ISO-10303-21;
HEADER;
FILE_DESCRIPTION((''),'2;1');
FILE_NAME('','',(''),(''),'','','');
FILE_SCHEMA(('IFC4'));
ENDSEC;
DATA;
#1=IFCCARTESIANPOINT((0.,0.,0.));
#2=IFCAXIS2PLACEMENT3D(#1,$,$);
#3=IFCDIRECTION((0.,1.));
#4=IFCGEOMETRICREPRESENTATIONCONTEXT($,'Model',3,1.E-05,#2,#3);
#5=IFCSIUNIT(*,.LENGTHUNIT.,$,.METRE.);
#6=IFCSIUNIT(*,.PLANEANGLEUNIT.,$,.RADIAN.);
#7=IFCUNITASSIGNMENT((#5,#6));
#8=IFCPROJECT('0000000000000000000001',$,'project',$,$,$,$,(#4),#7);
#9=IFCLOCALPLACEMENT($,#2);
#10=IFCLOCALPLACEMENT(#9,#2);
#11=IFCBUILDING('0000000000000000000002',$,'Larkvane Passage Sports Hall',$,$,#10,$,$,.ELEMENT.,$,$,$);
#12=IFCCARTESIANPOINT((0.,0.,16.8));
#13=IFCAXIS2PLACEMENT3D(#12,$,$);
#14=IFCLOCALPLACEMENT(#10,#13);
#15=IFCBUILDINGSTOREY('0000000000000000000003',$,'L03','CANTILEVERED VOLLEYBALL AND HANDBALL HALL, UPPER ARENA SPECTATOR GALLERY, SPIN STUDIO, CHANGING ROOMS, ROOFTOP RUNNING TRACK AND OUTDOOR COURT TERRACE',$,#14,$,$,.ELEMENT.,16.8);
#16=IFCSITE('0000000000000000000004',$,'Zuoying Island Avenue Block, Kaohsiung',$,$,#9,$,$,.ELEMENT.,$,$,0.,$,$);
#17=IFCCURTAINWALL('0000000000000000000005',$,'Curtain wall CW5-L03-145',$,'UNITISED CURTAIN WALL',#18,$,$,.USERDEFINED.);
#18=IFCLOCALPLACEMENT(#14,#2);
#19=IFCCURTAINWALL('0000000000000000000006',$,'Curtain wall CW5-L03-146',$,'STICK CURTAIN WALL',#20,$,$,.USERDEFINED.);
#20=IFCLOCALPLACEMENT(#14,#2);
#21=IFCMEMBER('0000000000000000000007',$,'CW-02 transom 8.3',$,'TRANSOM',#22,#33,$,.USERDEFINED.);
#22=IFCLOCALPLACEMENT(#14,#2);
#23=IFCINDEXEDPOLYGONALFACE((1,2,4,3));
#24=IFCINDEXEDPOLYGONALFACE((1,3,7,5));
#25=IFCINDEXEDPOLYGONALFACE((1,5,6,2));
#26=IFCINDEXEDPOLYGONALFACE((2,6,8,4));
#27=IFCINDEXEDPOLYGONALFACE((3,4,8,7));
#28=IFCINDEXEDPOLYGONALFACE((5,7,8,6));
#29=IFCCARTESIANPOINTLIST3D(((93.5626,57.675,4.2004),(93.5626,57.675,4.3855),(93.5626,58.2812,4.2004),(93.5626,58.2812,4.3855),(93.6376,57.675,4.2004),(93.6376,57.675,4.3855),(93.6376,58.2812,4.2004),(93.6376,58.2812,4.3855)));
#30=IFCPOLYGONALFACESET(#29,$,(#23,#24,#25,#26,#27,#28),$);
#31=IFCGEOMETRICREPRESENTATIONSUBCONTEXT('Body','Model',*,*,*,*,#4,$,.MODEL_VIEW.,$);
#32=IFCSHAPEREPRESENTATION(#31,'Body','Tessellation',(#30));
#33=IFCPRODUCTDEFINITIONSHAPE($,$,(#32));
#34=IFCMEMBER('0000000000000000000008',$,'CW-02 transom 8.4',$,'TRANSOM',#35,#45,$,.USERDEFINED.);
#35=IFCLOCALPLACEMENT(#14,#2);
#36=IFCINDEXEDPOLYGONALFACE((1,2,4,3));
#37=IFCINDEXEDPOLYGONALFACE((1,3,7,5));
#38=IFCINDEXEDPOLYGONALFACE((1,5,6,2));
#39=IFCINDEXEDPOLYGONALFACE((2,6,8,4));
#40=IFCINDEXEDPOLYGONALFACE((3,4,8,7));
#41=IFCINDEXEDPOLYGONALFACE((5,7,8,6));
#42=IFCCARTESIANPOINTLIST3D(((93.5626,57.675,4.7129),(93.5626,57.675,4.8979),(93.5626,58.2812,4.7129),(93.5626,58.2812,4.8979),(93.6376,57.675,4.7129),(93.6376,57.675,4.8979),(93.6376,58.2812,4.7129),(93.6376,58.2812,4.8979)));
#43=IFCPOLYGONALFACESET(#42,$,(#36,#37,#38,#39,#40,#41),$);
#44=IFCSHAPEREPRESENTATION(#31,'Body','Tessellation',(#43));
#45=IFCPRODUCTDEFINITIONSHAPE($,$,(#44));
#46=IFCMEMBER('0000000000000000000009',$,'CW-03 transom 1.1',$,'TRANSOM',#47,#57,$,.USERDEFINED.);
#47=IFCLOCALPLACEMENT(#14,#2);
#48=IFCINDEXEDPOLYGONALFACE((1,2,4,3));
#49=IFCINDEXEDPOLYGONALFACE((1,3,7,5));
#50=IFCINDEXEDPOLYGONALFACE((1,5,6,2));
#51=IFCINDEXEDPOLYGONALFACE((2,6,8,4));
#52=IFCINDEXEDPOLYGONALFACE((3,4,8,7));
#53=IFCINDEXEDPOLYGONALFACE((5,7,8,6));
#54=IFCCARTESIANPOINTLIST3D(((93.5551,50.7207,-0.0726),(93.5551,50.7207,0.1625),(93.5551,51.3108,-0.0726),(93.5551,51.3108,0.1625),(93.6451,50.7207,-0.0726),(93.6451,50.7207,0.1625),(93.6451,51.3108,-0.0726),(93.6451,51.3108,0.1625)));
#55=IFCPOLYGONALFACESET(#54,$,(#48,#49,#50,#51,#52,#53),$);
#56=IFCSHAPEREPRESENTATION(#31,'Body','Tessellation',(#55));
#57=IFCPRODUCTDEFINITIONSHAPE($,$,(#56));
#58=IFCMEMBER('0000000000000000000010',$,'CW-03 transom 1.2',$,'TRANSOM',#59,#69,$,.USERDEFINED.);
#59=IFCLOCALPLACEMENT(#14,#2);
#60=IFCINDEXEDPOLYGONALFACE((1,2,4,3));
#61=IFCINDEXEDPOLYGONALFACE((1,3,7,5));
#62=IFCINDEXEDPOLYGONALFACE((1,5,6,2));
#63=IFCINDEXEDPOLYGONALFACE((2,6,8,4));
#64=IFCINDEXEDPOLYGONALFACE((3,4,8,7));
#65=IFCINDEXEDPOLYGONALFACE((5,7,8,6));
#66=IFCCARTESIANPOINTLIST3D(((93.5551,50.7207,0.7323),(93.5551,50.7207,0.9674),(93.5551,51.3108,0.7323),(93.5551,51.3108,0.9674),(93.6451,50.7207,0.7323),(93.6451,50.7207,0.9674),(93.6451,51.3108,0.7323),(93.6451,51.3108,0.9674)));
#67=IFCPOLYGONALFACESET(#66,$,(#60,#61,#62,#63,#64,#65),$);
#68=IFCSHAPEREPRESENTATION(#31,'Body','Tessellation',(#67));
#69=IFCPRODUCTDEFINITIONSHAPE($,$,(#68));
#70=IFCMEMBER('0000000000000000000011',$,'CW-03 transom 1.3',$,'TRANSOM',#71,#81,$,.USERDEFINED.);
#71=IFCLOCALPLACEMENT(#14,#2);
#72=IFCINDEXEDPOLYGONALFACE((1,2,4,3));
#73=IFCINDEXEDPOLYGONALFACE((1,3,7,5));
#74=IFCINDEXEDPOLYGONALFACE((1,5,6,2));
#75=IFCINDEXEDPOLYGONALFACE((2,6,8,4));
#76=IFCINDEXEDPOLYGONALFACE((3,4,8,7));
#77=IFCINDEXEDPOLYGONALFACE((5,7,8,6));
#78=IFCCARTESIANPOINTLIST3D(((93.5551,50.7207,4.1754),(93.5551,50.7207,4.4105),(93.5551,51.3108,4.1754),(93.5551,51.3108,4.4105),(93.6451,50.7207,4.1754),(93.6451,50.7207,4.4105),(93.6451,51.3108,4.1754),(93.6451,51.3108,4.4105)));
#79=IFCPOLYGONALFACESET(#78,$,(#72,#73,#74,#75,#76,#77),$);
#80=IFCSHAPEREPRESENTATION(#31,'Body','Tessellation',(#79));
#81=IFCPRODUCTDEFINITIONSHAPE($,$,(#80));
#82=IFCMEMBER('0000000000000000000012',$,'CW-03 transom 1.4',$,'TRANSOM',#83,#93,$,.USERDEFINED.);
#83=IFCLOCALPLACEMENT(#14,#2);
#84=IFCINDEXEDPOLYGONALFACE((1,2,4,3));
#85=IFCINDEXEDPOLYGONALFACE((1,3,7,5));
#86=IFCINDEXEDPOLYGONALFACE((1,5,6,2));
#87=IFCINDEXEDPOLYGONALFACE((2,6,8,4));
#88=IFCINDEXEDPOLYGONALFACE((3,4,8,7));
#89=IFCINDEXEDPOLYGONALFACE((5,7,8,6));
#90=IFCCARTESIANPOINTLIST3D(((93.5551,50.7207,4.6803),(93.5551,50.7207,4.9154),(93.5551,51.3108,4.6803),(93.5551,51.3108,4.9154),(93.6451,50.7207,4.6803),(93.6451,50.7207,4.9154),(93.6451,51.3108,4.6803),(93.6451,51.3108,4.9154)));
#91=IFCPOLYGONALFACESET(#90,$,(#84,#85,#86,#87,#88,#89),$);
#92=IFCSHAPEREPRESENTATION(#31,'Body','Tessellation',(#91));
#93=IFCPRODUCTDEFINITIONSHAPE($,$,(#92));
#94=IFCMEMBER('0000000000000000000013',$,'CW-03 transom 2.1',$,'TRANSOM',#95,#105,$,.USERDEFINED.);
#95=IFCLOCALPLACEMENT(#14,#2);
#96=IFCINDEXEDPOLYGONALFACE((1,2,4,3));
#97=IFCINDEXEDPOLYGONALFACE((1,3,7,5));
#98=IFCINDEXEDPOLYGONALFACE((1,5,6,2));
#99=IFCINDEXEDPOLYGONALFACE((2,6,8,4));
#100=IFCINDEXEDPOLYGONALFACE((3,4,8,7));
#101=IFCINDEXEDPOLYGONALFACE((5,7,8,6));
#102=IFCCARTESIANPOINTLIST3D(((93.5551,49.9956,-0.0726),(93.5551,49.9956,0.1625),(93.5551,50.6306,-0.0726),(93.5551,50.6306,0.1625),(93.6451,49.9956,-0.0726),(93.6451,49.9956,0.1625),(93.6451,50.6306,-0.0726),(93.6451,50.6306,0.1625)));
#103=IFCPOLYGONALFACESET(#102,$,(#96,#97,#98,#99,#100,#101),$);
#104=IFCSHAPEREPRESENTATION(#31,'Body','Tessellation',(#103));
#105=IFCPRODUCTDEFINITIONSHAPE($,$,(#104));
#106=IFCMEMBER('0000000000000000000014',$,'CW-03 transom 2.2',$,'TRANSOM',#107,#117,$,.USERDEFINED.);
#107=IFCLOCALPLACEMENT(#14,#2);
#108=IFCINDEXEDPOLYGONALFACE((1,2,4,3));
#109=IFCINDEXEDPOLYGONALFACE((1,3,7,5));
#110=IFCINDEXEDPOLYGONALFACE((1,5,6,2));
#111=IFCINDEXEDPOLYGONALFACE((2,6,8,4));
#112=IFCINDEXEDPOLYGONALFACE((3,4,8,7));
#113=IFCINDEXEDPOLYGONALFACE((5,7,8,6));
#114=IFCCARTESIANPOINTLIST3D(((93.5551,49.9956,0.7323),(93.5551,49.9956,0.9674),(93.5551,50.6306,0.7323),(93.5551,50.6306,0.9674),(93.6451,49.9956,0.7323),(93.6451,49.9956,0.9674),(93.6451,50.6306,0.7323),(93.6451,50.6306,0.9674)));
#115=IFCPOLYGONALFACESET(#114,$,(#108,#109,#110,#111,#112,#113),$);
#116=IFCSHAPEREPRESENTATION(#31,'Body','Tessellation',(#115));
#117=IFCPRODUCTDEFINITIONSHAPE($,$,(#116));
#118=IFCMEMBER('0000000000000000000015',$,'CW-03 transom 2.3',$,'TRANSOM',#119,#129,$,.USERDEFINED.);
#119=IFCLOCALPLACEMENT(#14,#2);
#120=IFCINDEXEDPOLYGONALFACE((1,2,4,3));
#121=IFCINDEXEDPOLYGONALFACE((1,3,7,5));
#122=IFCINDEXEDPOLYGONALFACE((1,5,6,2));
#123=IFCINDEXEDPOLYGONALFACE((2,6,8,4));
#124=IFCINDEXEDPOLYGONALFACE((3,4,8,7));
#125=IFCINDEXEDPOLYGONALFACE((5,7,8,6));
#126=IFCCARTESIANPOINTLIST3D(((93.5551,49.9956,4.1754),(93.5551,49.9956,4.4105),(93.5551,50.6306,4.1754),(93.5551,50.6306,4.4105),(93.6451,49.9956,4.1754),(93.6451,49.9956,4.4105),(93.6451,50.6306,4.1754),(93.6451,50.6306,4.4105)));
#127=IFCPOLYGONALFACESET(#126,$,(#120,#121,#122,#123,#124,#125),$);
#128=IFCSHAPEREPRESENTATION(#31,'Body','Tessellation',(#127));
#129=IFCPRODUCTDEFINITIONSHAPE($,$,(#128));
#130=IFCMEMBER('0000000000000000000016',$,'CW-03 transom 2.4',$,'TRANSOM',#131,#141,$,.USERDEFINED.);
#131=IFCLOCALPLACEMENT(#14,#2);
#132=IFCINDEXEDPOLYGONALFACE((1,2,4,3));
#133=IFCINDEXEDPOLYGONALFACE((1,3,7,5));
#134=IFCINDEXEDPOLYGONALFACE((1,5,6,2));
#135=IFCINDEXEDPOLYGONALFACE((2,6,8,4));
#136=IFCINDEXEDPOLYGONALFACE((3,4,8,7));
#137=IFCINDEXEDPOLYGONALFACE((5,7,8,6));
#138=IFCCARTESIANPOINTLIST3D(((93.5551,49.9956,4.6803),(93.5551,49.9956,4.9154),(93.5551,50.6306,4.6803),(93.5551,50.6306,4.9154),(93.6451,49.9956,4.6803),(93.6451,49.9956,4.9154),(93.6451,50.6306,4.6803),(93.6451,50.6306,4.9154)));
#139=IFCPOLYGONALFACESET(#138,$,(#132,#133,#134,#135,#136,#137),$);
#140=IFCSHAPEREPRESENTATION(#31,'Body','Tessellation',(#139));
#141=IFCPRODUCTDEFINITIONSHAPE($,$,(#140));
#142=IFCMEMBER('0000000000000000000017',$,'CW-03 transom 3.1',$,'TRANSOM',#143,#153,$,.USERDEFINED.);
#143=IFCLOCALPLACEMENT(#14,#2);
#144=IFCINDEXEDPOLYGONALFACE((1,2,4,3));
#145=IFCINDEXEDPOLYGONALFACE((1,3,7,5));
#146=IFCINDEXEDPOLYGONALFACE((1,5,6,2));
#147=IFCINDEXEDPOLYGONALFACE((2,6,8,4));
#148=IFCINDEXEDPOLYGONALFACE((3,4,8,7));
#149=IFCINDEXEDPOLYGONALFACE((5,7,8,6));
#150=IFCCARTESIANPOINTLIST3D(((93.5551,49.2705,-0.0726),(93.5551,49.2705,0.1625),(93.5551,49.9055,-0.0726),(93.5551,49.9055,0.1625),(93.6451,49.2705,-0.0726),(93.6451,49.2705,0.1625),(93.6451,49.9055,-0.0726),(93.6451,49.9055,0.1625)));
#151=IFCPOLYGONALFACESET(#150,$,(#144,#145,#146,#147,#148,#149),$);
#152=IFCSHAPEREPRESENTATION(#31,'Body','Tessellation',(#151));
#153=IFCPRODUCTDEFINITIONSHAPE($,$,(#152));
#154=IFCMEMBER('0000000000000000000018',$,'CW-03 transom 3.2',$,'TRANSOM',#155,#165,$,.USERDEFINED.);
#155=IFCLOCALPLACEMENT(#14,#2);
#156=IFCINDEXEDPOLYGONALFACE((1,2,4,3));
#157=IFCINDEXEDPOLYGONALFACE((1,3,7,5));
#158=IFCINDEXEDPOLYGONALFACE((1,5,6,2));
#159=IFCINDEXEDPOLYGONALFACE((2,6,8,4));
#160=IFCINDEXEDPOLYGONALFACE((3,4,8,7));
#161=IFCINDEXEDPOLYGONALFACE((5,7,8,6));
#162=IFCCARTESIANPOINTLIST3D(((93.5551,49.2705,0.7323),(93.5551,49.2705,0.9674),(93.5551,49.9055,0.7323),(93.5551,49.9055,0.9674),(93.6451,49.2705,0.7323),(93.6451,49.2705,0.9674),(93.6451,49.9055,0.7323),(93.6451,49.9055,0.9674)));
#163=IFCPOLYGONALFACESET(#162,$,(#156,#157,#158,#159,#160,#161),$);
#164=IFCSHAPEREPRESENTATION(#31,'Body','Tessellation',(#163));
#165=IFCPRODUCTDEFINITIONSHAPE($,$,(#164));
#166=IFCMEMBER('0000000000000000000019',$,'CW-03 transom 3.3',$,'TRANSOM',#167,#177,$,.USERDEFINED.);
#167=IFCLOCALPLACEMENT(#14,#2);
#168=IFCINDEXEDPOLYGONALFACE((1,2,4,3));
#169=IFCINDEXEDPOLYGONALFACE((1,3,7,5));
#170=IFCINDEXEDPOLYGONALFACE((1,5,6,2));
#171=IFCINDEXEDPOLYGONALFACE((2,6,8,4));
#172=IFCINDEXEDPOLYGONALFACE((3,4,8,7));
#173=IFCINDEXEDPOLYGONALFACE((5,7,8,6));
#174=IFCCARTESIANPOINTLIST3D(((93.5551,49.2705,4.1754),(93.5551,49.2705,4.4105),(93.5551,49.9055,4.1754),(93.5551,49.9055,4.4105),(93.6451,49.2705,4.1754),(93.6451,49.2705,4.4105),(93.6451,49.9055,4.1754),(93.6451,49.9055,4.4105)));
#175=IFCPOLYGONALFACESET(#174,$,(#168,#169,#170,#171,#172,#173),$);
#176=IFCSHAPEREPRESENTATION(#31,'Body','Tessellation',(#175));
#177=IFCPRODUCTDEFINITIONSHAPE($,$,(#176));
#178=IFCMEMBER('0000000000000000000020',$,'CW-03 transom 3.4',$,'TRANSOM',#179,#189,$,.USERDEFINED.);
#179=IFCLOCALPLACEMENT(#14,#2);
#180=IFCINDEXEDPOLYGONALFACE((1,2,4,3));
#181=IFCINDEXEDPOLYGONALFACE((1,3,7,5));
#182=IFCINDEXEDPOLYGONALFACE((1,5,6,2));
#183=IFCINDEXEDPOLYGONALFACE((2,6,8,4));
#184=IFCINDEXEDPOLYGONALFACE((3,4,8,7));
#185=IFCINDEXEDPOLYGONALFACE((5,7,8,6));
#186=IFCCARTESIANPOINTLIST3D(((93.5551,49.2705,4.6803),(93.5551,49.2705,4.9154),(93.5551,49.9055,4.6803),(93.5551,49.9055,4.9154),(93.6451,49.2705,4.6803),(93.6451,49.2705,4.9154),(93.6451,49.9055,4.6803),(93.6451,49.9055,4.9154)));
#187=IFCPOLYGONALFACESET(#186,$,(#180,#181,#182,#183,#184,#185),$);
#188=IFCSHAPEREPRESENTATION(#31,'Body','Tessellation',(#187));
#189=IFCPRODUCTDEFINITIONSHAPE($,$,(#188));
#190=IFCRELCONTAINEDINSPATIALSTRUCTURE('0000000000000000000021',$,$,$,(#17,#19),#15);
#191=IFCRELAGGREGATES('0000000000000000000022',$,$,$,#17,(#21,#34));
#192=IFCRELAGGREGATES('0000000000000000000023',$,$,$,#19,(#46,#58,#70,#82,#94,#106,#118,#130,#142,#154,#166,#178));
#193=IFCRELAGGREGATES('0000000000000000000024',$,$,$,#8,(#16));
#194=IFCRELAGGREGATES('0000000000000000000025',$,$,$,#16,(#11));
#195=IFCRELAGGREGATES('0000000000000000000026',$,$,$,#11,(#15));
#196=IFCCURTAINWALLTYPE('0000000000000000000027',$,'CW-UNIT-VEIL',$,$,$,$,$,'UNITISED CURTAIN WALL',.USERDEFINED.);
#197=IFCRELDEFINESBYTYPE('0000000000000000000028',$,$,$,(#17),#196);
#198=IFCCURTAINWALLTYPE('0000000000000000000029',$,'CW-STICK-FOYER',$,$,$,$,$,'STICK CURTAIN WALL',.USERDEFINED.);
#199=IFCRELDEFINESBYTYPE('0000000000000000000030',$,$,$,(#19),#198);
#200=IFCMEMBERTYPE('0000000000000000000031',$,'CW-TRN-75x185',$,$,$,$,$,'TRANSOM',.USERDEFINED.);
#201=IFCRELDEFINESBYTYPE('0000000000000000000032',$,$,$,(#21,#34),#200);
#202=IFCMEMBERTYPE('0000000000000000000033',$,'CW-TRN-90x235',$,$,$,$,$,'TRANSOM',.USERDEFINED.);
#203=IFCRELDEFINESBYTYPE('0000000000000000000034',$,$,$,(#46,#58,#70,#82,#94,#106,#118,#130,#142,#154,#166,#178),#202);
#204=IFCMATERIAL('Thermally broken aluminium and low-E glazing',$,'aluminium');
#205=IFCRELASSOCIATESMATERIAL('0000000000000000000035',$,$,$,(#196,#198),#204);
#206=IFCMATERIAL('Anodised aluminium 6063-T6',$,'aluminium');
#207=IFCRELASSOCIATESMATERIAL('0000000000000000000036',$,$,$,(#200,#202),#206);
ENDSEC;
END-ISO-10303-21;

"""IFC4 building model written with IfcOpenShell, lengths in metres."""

from ifc_helpers import new_model, si_unit, direction, frame, origin, origin_2d, place, context, subcontext, project, spatial, rectangle, extrude, material, material_profile, profile_set, type_object, element, aggregate, save


model = new_model("IFC4")

# Units and contexts
model_context = context("Model", 3, precision=1e-05, world=origin(), true_north=direction((0.0, 1.0)))
body_context = subcontext(model_context, "Body", "Model", "MODEL_VIEW")
ifc_project = project(units=[si_unit("LENGTHUNIT", "METRE"), si_unit("PLANEANGLEUNIT", "RADIAN")], contexts=[model_context])

# Site, building, storey
site_placement = place(None, origin())
site = spatial("IfcSite", under=ifc_project, at=site_placement, Name="Zuoying Island Avenue Block, Kaohsiung", CompositionType="ELEMENT", RefElevation=0.0)
building_placement = place(site_placement, origin())
building = spatial("IfcBuilding", under=site, at=building_placement, Name="Larkvane Passage Sports Hall", CompositionType="ELEMENT")
storey_placement = place(building_placement, frame((0.0, 0.0, 16.8)))
storey = spatial("IfcBuildingStorey", under=building, at=storey_placement, Name="L03", Description="CANTILEVERED VOLLEYBALL AND HANDBALL HALL, UPPER ARENA SPECTATOR GALLERY, SPIN STUDIO, CHANGING ROOMS, ROOFTOP RUNNING TRACK AND OUTDOOR COURT TERRACE", CompositionType="ELEMENT", Elevation=16.8)

# Curtain wall
ifc_material_1 = material(Name="Thermally broken aluminium and low-E glazing", Category="aluminium")
curtain_wall_type_1 = type_object("IfcCurtainWallType", Name="CW-UNIT-VEIL", ElementType="UNITISED CURTAIN WALL", PredefinedType="USERDEFINED", material=ifc_material_1)
curtain_wall_1_placement = place(storey_placement, origin())
curtain_wall_1 = element("IfcCurtainWall", 1, at=curtain_wall_1_placement, inside=storey, type_object=curtain_wall_type_1, Name="Curtain wall CW5-L03-145", ObjectType="UNITISED CURTAIN WALL", PredefinedType="USERDEFINED")
ifc_material_2 = material(Name="Anodised aluminium 6063-T6", Category="aluminium")

# Curtain wall
curtain_wall_type_2 = type_object("IfcCurtainWallType", Name="CW-STICK-FOYER", ElementType="STICK CURTAIN WALL", PredefinedType="USERDEFINED", material=ifc_material_1)
curtain_wall_2_placement = place(storey_placement, origin())
curtain_wall_2 = element("IfcCurtainWall", 2, at=curtain_wall_2_placement, inside=storey, type_object=curtain_wall_type_2, Name="Curtain wall CW5-L03-146", ObjectType="STICK CURTAIN WALL", PredefinedType="USERDEFINED")

# Members
ifc_material_profile_1 = material_profile(ifc_material_2, rectangle(XDim=0.075, YDim=0.1851, at=origin_2d()), Name="ALU-TRN-75x185")
ifc_profile_set_1 = profile_set([ifc_material_profile_1], Name="Anodised aluminium 6063-T6")
member_type_1 = type_object("IfcMemberType", Name="CW-TRN-75x185", ElementType="TRANSOM", PredefinedType="USERDEFINED", material=ifc_profile_set_1)
member_1_placement = place(storey_placement, frame((93.6001, 58.2812, 4.293), z_axis=(0.0, -1.0, 0.0), x_axis=(1.0, 0.0, 0.0)))
member_1 = element("IfcMember", 3, at=member_1_placement, type_object=member_type_1, Name="CW-02 transom 8.3", ObjectType="TRANSOM", PredefinedType="USERDEFINED", context=body_context, shape_type="SweptSolid", body=[
    extrude(rectangle(XDim=0.075, YDim=0.1851, at=origin_2d()), origin(), (0.0, 0.0, 1.0), 0.6062),
])
member_2_placement = place(storey_placement, frame((93.6001, 58.2812, 4.8054), z_axis=(0.0, -1.0, 0.0), x_axis=(1.0, 0.0, 0.0)))
member_2 = element("IfcMember", 4, at=member_2_placement, type_object=member_type_1, Name="CW-02 transom 8.4", ObjectType="TRANSOM", PredefinedType="USERDEFINED", context=body_context, shape_type="SweptSolid", body=[
    extrude(rectangle(XDim=0.075, YDim=0.1851, at=origin_2d()), origin(), (0.0, 0.0, 1.0), 0.6062),
])
ifc_material_profile_2 = material_profile(ifc_material_2, rectangle(XDim=0.0901, YDim=0.2351, at=origin_2d()), Name="ALU-TRN-90x235")
ifc_profile_set_2 = profile_set([ifc_material_profile_2], Name="Anodised aluminium 6063-T6")
member_type_2 = type_object("IfcMemberType", Name="CW-TRN-90x235", ElementType="TRANSOM", PredefinedType="USERDEFINED", material=ifc_profile_set_2)
member_3_placement = place(storey_placement, frame((93.6001, 51.3108, 0.0449), z_axis=(0.0, -1.0, 0.0), x_axis=(1.0, 0.0, 0.0)))
member_3 = element("IfcMember", 5, at=member_3_placement, type_object=member_type_2, Name="CW-03 transom 1.1", ObjectType="TRANSOM", PredefinedType="USERDEFINED", context=body_context, shape_type="SweptSolid", body=[
    extrude(rectangle(XDim=0.0901, YDim=0.2351, at=origin_2d()), origin(), (0.0, 0.0, 1.0), 0.5901),
])
member_4_placement = place(storey_placement, frame((93.6001, 51.3108, 0.8499), z_axis=(0.0, -1.0, 0.0), x_axis=(1.0, 0.0, 0.0)))
member_4 = element("IfcMember", 6, at=member_4_placement, type_object=member_type_2, Name="CW-03 transom 1.2", ObjectType="TRANSOM", PredefinedType="USERDEFINED", context=body_context, shape_type="SweptSolid", body=[
    extrude(rectangle(XDim=0.0901, YDim=0.2351, at=origin_2d()), origin(), (0.0, 0.0, 1.0), 0.5901),
])
member_5_placement = place(storey_placement, frame((93.6001, 51.3108, 4.293), z_axis=(0.0, -1.0, 0.0), x_axis=(1.0, 0.0, 0.0)))
member_5 = element("IfcMember", 7, at=member_5_placement, type_object=member_type_2, Name="CW-03 transom 1.3", ObjectType="TRANSOM", PredefinedType="USERDEFINED", context=body_context, shape_type="SweptSolid", body=[
    extrude(rectangle(XDim=0.0901, YDim=0.2351, at=origin_2d()), origin(), (0.0, 0.0, 1.0), 0.5901),
])
member_6_placement = place(storey_placement, frame((93.6001, 51.3108, 4.7979), z_axis=(0.0, -1.0, 0.0), x_axis=(1.0, 0.0, 0.0)))
member_6 = element("IfcMember", 8, at=member_6_placement, type_object=member_type_2, Name="CW-03 transom 1.4", ObjectType="TRANSOM", PredefinedType="USERDEFINED", context=body_context, shape_type="SweptSolid", body=[
    extrude(rectangle(XDim=0.0901, YDim=0.2351, at=origin_2d()), origin(), (0.0, 0.0, 1.0), 0.5901),
])
member_7_placement = place(storey_placement, frame((93.6001, 50.6306, 0.0449), z_axis=(0.0, -1.0, 0.0), x_axis=(1.0, 0.0, 0.0)))
member_7 = element("IfcMember", 9, at=member_7_placement, type_object=member_type_2, Name="CW-03 transom 2.1", ObjectType="TRANSOM", PredefinedType="USERDEFINED", context=body_context, shape_type="SweptSolid", body=[
    extrude(rectangle(XDim=0.0901, YDim=0.2351, at=origin_2d()), origin(), (0.0, 0.0, 1.0), 0.635),
])
member_8_placement = place(storey_placement, frame((93.6001, 50.6306, 0.8499), z_axis=(0.0, -1.0, 0.0), x_axis=(1.0, 0.0, 0.0)))
member_8 = element("IfcMember", 10, at=member_8_placement, type_object=member_type_2, Name="CW-03 transom 2.2", ObjectType="TRANSOM", PredefinedType="USERDEFINED", context=body_context, shape_type="SweptSolid", body=[
    extrude(rectangle(XDim=0.0901, YDim=0.2351, at=origin_2d()), origin(), (0.0, 0.0, 1.0), 0.635),
])
member_9_placement = place(storey_placement, frame((93.6001, 50.6306, 4.293), z_axis=(0.0, -1.0, 0.0), x_axis=(1.0, 0.0, 0.0)))
member_9 = element("IfcMember", 11, at=member_9_placement, type_object=member_type_2, Name="CW-03 transom 2.3", ObjectType="TRANSOM", PredefinedType="USERDEFINED", context=body_context, shape_type="SweptSolid", body=[
    extrude(rectangle(XDim=0.0901, YDim=0.2351, at=origin_2d()), origin(), (0.0, 0.0, 1.0), 0.635),
])
member_10_placement = place(storey_placement, frame((93.6001, 50.6306, 4.7979), z_axis=(0.0, -1.0, 0.0), x_axis=(1.0, 0.0, 0.0)))
member_10 = element("IfcMember", 12, at=member_10_placement, type_object=member_type_2, Name="CW-03 transom 2.4", ObjectType="TRANSOM", PredefinedType="USERDEFINED", context=body_context, shape_type="SweptSolid", body=[
    extrude(rectangle(XDim=0.0901, YDim=0.2351, at=origin_2d()), origin(), (0.0, 0.0, 1.0), 0.635),
])
member_11_placement = place(storey_placement, frame((93.6001, 49.9055, 0.0449), z_axis=(0.0, -1.0, 0.0), x_axis=(1.0, 0.0, 0.0)))
member_11 = element("IfcMember", 13, at=member_11_placement, type_object=member_type_2, Name="CW-03 transom 3.1", ObjectType="TRANSOM", PredefinedType="USERDEFINED", context=body_context, shape_type="SweptSolid", body=[
    extrude(rectangle(XDim=0.0901, YDim=0.2351, at=origin_2d()), origin(), (0.0, 0.0, 1.0), 0.635),
])
member_12_placement = place(storey_placement, frame((93.6001, 49.9055, 0.8499), z_axis=(0.0, -1.0, 0.0), x_axis=(1.0, 0.0, 0.0)))
member_12 = element("IfcMember", 14, at=member_12_placement, type_object=member_type_2, Name="CW-03 transom 3.2", ObjectType="TRANSOM", PredefinedType="USERDEFINED", context=body_context, shape_type="SweptSolid", body=[
    extrude(rectangle(XDim=0.0901, YDim=0.2351, at=origin_2d()), origin(), (0.0, 0.0, 1.0), 0.635),
])
member_13_placement = place(storey_placement, frame((93.6001, 49.9055, 4.293), z_axis=(0.0, -1.0, 0.0), x_axis=(1.0, 0.0, 0.0)))
member_13 = element("IfcMember", 15, at=member_13_placement, type_object=member_type_2, Name="CW-03 transom 3.3", ObjectType="TRANSOM", PredefinedType="USERDEFINED", context=body_context, shape_type="SweptSolid", body=[
    extrude(rectangle(XDim=0.0901, YDim=0.2351, at=origin_2d()), origin(), (0.0, 0.0, 1.0), 0.635),
])
member_14_placement = place(storey_placement, frame((93.6001, 49.9055, 4.7979), z_axis=(0.0, -1.0, 0.0), x_axis=(1.0, 0.0, 0.0)))
member_14 = element("IfcMember", 16, at=member_14_placement, type_object=member_type_2, Name="CW-03 transom 3.4", ObjectType="TRANSOM", PredefinedType="USERDEFINED", context=body_context, shape_type="SweptSolid", body=[
    extrude(rectangle(XDim=0.0901, YDim=0.2351, at=origin_2d()), origin(), (0.0, 0.0, 1.0), 0.635),
])

aggregate(curtain_wall_1, [member_1, member_2])
aggregate(curtain_wall_2, [member_3, member_4, member_5, member_6, member_7, member_8, member_9, member_10, member_11, member_12, member_13, member_14])

save(model, "model.ifc")
